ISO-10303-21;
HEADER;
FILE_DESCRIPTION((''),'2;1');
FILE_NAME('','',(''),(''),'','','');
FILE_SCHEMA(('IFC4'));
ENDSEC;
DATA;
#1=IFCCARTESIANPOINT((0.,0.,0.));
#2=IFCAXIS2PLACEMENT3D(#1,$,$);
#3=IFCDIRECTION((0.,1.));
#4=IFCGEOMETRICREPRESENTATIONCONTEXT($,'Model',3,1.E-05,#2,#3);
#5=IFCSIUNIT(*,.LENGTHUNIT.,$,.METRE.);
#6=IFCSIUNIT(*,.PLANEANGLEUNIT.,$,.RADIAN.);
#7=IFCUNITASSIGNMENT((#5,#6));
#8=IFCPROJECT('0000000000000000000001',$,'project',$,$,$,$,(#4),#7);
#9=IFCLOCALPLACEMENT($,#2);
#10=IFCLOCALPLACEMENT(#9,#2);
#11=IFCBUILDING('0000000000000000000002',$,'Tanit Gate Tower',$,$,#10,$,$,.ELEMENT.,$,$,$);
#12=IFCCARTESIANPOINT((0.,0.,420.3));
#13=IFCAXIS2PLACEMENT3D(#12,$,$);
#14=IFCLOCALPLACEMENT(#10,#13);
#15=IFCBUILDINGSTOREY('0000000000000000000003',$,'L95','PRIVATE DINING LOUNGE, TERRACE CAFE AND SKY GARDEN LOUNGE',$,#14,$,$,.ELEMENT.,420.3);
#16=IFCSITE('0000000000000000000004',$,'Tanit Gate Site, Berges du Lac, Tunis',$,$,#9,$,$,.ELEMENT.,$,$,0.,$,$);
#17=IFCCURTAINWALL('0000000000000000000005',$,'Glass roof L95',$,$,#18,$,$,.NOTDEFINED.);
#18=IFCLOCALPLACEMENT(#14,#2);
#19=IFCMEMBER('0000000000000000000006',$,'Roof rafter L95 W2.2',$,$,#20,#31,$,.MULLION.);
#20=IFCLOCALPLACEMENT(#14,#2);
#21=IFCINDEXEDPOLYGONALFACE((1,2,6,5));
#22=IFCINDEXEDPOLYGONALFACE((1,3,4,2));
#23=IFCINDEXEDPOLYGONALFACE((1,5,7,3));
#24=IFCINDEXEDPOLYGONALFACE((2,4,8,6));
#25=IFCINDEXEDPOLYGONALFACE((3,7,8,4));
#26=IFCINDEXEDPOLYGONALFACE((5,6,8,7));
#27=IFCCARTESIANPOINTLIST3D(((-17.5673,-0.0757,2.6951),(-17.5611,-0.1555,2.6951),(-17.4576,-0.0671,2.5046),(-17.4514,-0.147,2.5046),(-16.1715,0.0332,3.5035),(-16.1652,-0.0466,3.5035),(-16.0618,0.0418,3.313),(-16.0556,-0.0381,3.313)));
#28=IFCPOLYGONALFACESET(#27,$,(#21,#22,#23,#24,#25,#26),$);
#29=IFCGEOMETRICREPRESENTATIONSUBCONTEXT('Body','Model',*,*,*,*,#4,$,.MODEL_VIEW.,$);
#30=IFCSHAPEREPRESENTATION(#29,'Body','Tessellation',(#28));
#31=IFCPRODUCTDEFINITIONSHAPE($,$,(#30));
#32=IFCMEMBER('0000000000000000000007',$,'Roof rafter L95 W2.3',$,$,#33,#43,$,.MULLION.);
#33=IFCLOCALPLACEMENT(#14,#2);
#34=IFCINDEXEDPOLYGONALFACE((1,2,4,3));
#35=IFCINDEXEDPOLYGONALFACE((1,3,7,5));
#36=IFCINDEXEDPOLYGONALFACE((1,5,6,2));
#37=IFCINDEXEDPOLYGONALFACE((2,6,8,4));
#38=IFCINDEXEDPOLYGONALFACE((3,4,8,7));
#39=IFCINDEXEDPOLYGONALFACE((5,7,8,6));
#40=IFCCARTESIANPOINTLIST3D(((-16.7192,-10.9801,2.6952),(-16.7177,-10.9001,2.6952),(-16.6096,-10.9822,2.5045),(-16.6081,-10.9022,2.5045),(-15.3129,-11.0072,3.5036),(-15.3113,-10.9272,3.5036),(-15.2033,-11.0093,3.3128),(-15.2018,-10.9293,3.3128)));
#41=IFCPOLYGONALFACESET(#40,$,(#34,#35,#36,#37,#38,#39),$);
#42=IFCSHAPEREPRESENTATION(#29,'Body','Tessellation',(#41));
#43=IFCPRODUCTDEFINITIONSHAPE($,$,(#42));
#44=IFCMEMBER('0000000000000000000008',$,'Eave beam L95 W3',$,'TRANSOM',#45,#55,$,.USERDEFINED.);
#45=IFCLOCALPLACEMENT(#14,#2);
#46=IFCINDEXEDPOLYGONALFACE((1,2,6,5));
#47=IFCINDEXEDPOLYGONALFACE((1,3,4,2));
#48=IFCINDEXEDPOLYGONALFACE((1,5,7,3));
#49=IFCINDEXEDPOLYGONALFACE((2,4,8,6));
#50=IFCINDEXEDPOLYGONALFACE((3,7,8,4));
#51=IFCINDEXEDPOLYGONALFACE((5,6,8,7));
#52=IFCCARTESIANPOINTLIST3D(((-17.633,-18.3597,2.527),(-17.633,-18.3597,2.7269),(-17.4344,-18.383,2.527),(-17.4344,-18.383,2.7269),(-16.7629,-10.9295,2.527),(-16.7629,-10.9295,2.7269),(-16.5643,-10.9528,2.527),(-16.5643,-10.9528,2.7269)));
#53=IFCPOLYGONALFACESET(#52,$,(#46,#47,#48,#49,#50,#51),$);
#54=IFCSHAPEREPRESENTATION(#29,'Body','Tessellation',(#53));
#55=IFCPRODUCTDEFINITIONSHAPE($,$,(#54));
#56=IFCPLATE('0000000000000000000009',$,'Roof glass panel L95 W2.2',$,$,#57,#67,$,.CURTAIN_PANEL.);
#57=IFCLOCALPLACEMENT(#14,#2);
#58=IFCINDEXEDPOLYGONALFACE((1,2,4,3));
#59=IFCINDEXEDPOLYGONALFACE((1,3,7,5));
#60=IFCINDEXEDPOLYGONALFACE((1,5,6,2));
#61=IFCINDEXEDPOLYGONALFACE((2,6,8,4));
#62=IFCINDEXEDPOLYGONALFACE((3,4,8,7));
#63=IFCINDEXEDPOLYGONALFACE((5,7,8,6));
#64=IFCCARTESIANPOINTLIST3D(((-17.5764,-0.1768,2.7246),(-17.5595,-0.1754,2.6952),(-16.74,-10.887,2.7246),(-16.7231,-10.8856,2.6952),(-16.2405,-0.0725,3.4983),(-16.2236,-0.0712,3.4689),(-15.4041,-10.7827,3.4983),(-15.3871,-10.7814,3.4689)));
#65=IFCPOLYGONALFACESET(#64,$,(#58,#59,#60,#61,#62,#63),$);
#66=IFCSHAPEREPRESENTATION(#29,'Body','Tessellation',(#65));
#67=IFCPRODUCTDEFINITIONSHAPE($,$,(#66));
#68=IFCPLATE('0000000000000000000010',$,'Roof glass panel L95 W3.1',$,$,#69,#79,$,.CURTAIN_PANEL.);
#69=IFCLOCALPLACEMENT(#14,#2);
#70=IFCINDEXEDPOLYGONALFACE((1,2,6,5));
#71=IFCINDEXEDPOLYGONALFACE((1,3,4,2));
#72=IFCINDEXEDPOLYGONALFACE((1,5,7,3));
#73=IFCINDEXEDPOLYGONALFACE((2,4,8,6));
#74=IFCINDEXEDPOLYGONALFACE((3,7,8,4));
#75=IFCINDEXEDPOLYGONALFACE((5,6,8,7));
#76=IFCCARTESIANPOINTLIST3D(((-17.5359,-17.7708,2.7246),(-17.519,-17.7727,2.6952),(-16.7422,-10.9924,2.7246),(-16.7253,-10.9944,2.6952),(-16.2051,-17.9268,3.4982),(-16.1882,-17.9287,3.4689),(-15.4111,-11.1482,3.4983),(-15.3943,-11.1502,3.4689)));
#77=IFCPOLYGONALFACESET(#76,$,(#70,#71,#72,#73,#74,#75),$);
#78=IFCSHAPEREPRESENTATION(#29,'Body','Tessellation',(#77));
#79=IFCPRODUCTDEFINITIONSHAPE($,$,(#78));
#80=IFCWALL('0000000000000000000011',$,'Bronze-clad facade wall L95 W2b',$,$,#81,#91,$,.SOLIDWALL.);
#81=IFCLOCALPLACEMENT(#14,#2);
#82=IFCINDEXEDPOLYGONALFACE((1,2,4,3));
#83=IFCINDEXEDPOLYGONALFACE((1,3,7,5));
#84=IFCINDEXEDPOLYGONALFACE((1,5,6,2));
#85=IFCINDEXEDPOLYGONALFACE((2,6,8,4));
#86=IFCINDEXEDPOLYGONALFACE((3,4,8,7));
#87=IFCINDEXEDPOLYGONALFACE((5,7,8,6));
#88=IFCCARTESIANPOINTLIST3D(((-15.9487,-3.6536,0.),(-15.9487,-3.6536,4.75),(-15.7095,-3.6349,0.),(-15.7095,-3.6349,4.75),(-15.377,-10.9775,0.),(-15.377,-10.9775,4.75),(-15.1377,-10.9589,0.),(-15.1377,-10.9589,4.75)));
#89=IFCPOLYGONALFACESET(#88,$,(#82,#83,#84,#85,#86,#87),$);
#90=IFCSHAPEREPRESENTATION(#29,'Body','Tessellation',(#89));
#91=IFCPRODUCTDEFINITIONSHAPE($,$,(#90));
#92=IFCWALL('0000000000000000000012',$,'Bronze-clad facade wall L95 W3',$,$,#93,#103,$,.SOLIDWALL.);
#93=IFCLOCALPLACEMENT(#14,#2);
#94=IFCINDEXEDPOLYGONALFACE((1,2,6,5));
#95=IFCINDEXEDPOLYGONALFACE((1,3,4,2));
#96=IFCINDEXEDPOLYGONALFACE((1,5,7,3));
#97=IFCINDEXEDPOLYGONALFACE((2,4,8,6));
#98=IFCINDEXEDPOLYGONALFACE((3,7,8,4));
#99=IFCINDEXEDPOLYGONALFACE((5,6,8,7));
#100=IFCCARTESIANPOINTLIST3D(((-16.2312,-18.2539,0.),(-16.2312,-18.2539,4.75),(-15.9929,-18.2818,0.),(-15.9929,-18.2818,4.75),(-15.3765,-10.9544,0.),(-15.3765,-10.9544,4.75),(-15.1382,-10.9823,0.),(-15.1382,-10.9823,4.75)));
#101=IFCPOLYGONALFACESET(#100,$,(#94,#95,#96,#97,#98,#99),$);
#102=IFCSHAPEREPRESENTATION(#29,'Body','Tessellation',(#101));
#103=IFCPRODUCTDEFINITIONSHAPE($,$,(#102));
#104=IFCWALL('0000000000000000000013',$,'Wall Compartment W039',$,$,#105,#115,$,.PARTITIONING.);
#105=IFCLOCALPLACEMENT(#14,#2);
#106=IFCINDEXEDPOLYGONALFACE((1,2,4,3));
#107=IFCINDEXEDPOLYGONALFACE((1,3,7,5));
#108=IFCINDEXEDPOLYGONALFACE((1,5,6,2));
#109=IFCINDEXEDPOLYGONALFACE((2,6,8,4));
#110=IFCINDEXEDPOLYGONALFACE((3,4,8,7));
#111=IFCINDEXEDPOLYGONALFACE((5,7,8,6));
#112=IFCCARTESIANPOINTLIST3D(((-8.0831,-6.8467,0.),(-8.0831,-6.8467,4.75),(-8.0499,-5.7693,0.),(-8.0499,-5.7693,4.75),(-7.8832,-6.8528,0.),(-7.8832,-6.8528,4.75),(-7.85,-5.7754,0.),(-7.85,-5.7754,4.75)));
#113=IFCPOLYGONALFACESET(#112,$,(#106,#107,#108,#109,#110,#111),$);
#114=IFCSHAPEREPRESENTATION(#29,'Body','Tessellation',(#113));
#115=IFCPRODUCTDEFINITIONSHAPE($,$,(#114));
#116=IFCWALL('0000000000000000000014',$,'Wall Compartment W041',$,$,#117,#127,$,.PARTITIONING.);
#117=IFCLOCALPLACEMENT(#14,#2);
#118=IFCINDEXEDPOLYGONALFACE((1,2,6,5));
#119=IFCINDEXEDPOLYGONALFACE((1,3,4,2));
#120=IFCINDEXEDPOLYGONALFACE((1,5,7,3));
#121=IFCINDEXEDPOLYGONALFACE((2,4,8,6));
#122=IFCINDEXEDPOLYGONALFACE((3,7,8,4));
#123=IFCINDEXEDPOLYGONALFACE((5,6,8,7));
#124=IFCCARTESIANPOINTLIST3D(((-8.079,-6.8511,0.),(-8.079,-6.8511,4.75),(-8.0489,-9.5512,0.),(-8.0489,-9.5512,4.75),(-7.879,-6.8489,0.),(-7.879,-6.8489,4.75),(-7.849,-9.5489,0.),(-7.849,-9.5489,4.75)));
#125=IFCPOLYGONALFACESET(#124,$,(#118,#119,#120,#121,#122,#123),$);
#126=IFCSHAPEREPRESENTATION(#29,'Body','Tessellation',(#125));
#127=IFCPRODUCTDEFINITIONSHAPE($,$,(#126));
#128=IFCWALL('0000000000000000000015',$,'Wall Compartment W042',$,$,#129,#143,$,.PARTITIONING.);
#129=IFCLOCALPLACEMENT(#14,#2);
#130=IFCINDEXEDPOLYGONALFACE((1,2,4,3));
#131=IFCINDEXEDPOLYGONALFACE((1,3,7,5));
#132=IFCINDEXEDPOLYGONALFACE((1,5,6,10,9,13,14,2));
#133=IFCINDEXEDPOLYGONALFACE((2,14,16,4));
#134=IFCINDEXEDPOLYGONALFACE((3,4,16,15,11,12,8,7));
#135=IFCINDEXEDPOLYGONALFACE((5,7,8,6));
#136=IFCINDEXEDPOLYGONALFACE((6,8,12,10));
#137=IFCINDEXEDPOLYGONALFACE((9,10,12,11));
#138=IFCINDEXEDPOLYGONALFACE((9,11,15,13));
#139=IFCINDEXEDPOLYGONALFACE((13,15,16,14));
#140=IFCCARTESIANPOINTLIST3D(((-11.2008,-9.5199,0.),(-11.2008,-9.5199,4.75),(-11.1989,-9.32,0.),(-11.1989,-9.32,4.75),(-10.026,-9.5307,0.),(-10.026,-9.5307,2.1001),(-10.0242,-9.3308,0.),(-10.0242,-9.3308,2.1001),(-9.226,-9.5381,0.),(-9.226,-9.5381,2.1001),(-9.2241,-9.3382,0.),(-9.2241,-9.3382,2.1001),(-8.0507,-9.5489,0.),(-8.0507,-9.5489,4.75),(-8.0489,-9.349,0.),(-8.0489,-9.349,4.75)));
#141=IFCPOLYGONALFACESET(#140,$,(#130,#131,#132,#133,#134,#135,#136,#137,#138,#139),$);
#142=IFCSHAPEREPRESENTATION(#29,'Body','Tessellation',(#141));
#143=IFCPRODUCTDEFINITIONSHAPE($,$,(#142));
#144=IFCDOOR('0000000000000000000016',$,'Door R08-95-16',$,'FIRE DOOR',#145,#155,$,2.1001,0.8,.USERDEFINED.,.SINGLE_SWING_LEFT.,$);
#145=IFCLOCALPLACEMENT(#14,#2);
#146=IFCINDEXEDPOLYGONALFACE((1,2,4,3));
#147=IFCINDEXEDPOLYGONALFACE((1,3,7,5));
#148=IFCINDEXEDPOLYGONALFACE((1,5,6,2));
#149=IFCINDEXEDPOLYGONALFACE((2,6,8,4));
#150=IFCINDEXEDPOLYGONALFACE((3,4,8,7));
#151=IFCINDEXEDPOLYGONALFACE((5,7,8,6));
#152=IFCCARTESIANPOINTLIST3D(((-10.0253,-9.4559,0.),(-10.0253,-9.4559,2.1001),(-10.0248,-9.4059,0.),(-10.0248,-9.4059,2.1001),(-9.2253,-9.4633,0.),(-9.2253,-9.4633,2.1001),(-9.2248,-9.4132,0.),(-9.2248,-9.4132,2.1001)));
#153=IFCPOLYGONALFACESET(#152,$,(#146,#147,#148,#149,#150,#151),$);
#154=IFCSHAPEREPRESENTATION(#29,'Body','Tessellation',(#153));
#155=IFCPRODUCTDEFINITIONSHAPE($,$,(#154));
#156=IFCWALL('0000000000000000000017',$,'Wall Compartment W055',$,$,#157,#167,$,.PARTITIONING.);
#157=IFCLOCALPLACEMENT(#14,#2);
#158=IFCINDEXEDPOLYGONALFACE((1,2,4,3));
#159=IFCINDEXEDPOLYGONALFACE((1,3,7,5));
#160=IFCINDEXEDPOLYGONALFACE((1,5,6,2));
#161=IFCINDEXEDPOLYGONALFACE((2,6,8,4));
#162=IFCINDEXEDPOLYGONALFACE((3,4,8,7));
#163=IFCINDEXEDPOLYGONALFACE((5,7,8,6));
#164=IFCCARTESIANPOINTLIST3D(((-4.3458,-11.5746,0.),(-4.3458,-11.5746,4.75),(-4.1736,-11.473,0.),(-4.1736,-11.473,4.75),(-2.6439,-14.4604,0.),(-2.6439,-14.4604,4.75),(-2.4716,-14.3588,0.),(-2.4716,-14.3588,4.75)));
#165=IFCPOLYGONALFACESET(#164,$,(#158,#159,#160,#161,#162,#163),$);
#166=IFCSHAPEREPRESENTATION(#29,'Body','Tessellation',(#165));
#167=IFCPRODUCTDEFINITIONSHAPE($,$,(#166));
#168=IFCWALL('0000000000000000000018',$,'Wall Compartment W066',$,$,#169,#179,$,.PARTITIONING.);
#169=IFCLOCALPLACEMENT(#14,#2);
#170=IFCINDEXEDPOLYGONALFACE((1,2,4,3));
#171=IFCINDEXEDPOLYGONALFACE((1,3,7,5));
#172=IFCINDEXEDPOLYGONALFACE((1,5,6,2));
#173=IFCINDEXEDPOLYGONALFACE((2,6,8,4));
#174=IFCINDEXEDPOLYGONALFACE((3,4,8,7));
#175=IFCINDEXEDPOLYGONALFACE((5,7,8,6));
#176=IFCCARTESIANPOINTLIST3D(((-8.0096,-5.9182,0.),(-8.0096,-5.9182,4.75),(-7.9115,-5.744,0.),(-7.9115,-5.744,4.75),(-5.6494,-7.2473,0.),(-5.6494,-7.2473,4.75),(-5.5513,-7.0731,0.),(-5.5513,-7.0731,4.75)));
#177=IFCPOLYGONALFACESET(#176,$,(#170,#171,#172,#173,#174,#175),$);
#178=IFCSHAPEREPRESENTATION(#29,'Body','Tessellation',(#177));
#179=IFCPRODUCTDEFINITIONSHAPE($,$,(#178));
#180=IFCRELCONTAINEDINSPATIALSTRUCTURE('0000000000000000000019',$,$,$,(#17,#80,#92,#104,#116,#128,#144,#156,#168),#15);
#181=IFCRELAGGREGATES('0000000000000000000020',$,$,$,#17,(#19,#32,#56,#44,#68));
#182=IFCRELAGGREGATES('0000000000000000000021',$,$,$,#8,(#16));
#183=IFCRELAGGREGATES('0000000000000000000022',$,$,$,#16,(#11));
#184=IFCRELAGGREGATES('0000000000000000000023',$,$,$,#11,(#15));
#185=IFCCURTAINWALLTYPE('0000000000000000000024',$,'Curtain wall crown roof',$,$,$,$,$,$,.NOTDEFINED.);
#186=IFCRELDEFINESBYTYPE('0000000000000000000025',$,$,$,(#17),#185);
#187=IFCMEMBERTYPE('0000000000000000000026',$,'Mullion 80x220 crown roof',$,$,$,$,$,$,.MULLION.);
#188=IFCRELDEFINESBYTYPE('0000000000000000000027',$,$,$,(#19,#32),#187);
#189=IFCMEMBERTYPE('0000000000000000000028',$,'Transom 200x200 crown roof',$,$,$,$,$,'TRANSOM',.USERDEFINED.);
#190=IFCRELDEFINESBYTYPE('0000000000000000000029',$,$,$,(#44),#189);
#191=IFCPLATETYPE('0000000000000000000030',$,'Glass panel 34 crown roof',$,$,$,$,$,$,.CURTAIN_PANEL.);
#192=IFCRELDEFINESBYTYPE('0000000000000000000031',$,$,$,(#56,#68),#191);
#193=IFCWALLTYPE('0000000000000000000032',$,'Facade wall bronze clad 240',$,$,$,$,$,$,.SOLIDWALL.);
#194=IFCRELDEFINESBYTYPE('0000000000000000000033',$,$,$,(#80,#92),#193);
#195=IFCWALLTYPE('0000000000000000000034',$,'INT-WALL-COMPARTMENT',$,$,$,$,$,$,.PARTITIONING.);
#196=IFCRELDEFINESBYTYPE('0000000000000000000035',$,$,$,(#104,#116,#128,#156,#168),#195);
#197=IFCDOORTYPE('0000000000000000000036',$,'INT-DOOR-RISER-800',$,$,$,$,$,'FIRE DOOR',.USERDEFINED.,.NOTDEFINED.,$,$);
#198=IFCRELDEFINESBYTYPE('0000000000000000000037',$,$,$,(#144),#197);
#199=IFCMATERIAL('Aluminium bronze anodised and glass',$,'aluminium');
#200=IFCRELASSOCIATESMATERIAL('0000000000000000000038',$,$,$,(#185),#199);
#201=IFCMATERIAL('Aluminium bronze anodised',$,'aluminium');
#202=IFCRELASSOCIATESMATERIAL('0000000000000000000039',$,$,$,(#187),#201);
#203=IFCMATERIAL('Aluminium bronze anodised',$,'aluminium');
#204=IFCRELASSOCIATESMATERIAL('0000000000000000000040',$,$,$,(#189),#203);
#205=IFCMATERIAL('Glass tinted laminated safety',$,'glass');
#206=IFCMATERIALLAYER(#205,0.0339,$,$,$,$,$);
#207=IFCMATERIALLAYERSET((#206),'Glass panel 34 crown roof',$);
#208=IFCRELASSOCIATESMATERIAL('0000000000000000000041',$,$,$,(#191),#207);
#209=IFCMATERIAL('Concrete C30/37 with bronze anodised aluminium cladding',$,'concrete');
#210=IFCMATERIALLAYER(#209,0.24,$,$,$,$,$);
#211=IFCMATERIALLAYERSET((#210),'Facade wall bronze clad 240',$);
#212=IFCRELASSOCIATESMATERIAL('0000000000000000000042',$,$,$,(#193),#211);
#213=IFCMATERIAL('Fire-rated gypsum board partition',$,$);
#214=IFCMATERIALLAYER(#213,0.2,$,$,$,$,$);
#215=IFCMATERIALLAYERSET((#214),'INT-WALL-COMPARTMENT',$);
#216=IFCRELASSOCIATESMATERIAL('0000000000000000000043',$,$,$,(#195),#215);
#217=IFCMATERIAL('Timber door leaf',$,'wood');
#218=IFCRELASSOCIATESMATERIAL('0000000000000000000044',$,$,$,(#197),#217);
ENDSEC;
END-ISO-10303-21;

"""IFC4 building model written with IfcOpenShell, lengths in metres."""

from ifc_helpers import new_model, si_unit, direction, frame, frame_2d, origin, origin_2d, place, context, subcontext, project, spatial, polyline, rectangle, outline, extrude, material, layer, layer_set, material_profile, profile_set, type_object, element, fill, aggregate, save


model = new_model("IFC4")

# Units and contexts
model_context = context("Model", 3, precision=1e-05, world=origin(), true_north=direction((0.0, 1.0)))
body_context = subcontext(model_context, "Body", "Model", "MODEL_VIEW")
ifc_project = project(units=[si_unit("LENGTHUNIT", "METRE"), si_unit("PLANEANGLEUNIT", "RADIAN")], contexts=[model_context])

# Site, building, storey
site_placement = place(None, origin())
site = spatial("IfcSite", under=ifc_project, at=site_placement, Name="Tanit Gate Site, Berges du Lac, Tunis", CompositionType="ELEMENT", RefElevation=0.0)
building_placement = place(site_placement, origin())
building = spatial("IfcBuilding", under=site, at=building_placement, Name="Tanit Gate Tower", CompositionType="ELEMENT")
storey_placement = place(building_placement, frame((0.0, 0.0, 420.3)))
storey = spatial("IfcBuildingStorey", under=building, at=storey_placement, Name="L95", Description="PRIVATE DINING LOUNGE, TERRACE CAFE AND SKY GARDEN LOUNGE", CompositionType="ELEMENT", Elevation=420.3)

# Curtain wall, members, plates
ifc_material_1 = material(Name="Aluminium bronze anodised and glass", Category="aluminium")
curtain_wall_type = type_object("IfcCurtainWallType", Name="Curtain wall crown roof", PredefinedType="NOTDEFINED", material=ifc_material_1)
curtain_wall_placement = place(storey_placement, origin())
curtain_wall = element("IfcCurtainWall", 1, at=curtain_wall_placement, inside=storey, type_object=curtain_wall_type, Name="Glass roof L95", PredefinedType="NOTDEFINED")
ifc_material_2 = material(Name="Aluminium bronze anodised", Category="aluminium")
ifc_material_profile_1 = material_profile(ifc_material_2, rectangle(XDim=0.0801, YDim=0.22, at=origin_2d()), Name="80x220 bronze rafter")
ifc_profile_set_1 = profile_set([ifc_material_profile_1], Name="Aluminium bronze anodised")
member_type_1 = type_object("IfcMemberType", Name="Mullion 80x220 crown roof", PredefinedType="MULLION", material=ifc_profile_set_1)
member_1_placement = place(storey_placement, frame((-16.1135, -0.0024, 3.4082), z_axis=(-0.863385, -0.067355, -0.500029), x_axis=(0.077777, -0.996971, 0.0)))
member_1 = element("IfcMember", 2, at=member_1_placement, type_object=member_type_1, Name="Roof rafter L95 W2.2", PredefinedType="MULLION", context=body_context, shape_type="SweptSolid", body=[
    extrude(rectangle(XDim=0.0801, YDim=0.22, at=origin_2d()), origin(), (0.0, 0.0, 1.0), 1.6167),
])
member_2_placement = place(storey_placement, frame((-15.2573, -10.9683, 3.4082), z_axis=(-0.86685, 0.016705, -0.498288), x_axis=(-0.019267, -0.999814, 0.0)))
member_2 = element("IfcMember", 3, at=member_2_placement, type_object=member_type_1, Name="Roof rafter L95 W2.3", PredefinedType="MULLION", context=body_context, shape_type="SweptSolid", body=[
    extrude(rectangle(XDim=0.0801, YDim=0.22, at=origin_2d()), origin(), (0.0, 0.0, 1.0), 1.6223),
])
ifc_material_3 = material(Name="Aluminium bronze anodised", Category="aluminium")
ifc_material_profile_2 = material_profile(ifc_material_3, rectangle(XDim=0.2, YDim=0.2, at=origin_2d()), Name="200x200 bronze transom")
ifc_profile_set_2 = profile_set([ifc_material_profile_2], Name="Aluminium bronze anodised")
member_type_2 = type_object("IfcMemberType", Name="Transom 200x200 crown roof", ElementType="TRANSOM", PredefinedType="USERDEFINED", material=ifc_profile_set_2)
member_3_placement = place(storey_placement, frame((-16.6636, -10.9412, 2.627), z_axis=(-0.116311, -0.993213, 0.0), x_axis=(0.993213, -0.116311, 0.0)))
member_3 = element("IfcMember", 4, at=member_3_placement, type_object=member_type_2, Name="Eave beam L95 W3", ObjectType="TRANSOM", PredefinedType="USERDEFINED", context=body_context, shape_type="SweptSolid", body=[
    extrude(rectangle(XDim=0.2, YDim=0.2, at=origin_2d()), origin(), (0.0, 0.0, 1.0), 7.481),
])
ifc_material_4 = material(Name="Glass tinted laminated safety", Category="glass")
ifc_layer_1 = layer(ifc_material_4, 0.0339)
ifc_layer_set_1 = layer_set([ifc_layer_1], Name="Glass panel 34 crown roof")
plate_type = type_object("IfcPlateType", Name="Glass panel 34 crown roof", PredefinedType="CURTAIN_PANEL", material=ifc_layer_set_1)
plate_1_placement = place(storey_placement, frame((-16.2405, -0.0725, 3.4983), z_axis=(-0.498498, -0.038931, 0.866016), x_axis=(0.077859, -0.996964, 0.0)))
plate_1 = element("IfcPlate", 5, at=plate_1_placement, type_object=plate_type, Name="Roof glass panel L95 W2.2", PredefinedType="CURTAIN_PANEL", context=body_context, shape_type="SweptSolid", body=[
    extrude(outline(polyline([(0.0, 0.0), (10.7428, 0.0), (10.7427, -1.5473), (-0.0001, -1.5473), (0.0, 0.0)])), origin(), (0.0, 0.0, -1.0), 0.0339),
])
plate_2_placement = place(storey_placement, frame((-15.4111, -11.1482, 3.4983), z_axis=(-0.496613, 0.058158, 0.866021), x_axis=(-0.116327, -0.993211, -0.000007)))
plate_2 = element("IfcPlate", 6, at=plate_2_placement, type_object=plate_type, Name="Roof glass panel L95 W3.1", PredefinedType="CURTAIN_PANEL", context=body_context, shape_type="SweptSolid", body=[
    extrude(outline(polyline([(0.0, 0.0), (6.8249, 0.0), (6.8248, -1.5472), (0.0001, -1.5474), (0.0, 0.0)])), origin(), (0.0, 0.0, -1.0), 0.0339),
])
aggregate(curtain_wall, [member_1, member_2, plate_1, member_3, plate_2])

# Walls
ifc_material_5 = material(Name="Concrete C30/37 with bronze anodised aluminium cladding", Category="concrete")
ifc_layer_2 = layer(ifc_material_5, 0.24)
ifc_layer_set_2 = layer_set([ifc_layer_2], Name="Facade wall bronze clad 240")
wall_type_1 = type_object("IfcWallType", Name="Facade wall bronze clad 240", PredefinedType="SOLIDWALL", material=ifc_layer_set_2)
wall_1_placement = place(storey_placement, frame((-15.8291, -3.6443, 0.0), z_axis=(0.0, 0.0, 1.0), x_axis=(0.077832, -0.996966, 0.0)))
element("IfcWall", 7, at=wall_1_placement, inside=storey, type_object=wall_type_1, Name="Bronze-clad facade wall L95 W2b", PredefinedType="SOLIDWALL", context=body_context, shape_type="SweptSolid", body=[
    extrude(rectangle(XDim=7.3462, YDim=0.24, at=frame_2d((3.6731, 0.0))), origin(), (0.0, 0.0, 1.0), 4.75),
])
wall_2_placement = place(storey_placement, frame((-15.2573, -10.9683, 0.0), z_axis=(0.0, 0.0, 1.0), x_axis=(-0.1163, -0.993214, 0.0)))
element("IfcWall", 8, at=wall_2_placement, inside=storey, type_object=wall_type_1, Name="Bronze-clad facade wall L95 W3", PredefinedType="SOLIDWALL", context=body_context, shape_type="SweptSolid", body=[
    extrude(rectangle(XDim=7.3494, YDim=0.24, at=frame_2d((3.6748, 0.0))), origin(), (0.0, 0.0, 1.0), 4.75),
])
ifc_material_6 = material(Name="Fire-rated gypsum board partition")
ifc_layer_3 = layer(ifc_material_6, 0.2)
ifc_layer_set_3 = layer_set([ifc_layer_3], Name="INT-WALL-COMPARTMENT")
wall_type_2 = type_object("IfcWallType", Name="INT-WALL-COMPARTMENT", PredefinedType="PARTITIONING", material=ifc_layer_set_3)
wall_3_placement = place(storey_placement, frame((-7.9832, -6.8499, 0.0), z_axis=(0.0, 0.0, 1.0), x_axis=(0.030803, 0.999525, 0.0)))
element("IfcWall", 9, at=wall_3_placement, inside=storey, type_object=wall_type_2, Name="Wall Compartment W039", PredefinedType="PARTITIONING", context=body_context, shape_type="SweptSolid", body=[
    extrude(rectangle(XDim=1.0779, YDim=0.2, at=frame_2d((0.5391, 0.0))), origin(), (0.0, 0.0, 1.0), 4.75),
])
wall_4_placement = place(storey_placement, frame((-7.949, -9.55, 0.0), z_axis=(0.0, 0.0, 1.0), x_axis=(-0.011121, 0.999938, 0.0)))
element("IfcWall", 10, at=wall_4_placement, inside=storey, type_object=wall_type_2, Name="Wall Compartment W041", PredefinedType="PARTITIONING", context=body_context, shape_type="SweptSolid", body=[
    extrude(rectangle(XDim=2.7002, YDim=0.2, at=frame_2d((1.3501, 0.0))), origin(), (0.0, 0.0, 1.0), 4.75),
])

# Wall, opening, door
wall_5_placement = place(storey_placement, frame((-11.2, -9.4199, 0.0), z_axis=(0.0, 0.0, 1.0), x_axis=(0.999957, -0.009223, 0.0)))
wall_5 = element("IfcWall", 11, at=wall_5_placement, inside=storey, type_object=wall_type_2, Name="Wall Compartment W042", PredefinedType="PARTITIONING", context=body_context, shape_type="SweptSolid", body=[
    extrude(rectangle(XDim=3.1501, YDim=0.2, at=frame_2d((1.5752, 0.0))), origin(), (0.0, 0.0, 1.0), 4.75),
])
opening_1_placement = place(wall_5_placement, frame((1.175, 0.0, 0.0)))
opening_1 = element("IfcOpeningElement", 12, at=opening_1_placement, cuts=wall_5, PredefinedType="OPENING", context=body_context, shape_type="SweptSolid", body=[
    extrude(rectangle(XDim=0.8, YDim=2.1001, at=frame_2d((0.3999, 1.05))), frame((0.0, 0.1099, 0.0), z_axis=(0.0, -1.0, 0.0), x_axis=(1.0, 0.0, 0.0)), (0.0, 0.0, 1.0), 0.22),
])
ifc_material_7 = material(Name="Timber door leaf", Category="wood")
door_type_1 = type_object("IfcDoorType", Name="INT-DOOR-RISER-800", ElementType="FIRE DOOR", OperationType="NOTDEFINED", PredefinedType="USERDEFINED", material=ifc_material_7)
door_1_placement = place(opening_1_placement, origin())
door_1 = element("IfcDoor", 13, at=door_1_placement, inside=storey, type_object=door_type_1, Name="Door R08-95-16", ObjectType="FIRE DOOR", OperationType="SINGLE_SWING_LEFT", OverallHeight=2.1001, OverallWidth=0.8, PredefinedType="USERDEFINED", context=body_context, shape_type="SweptSolid", body=[
    extrude(rectangle(XDim=0.8, YDim=2.1001, at=frame_2d((0.3999, 1.05))), frame((0.0, 0.0249, 0.0), z_axis=(0.0, -1.0, 0.0), x_axis=(1.0, 0.0, 0.0)), (0.0, 0.0, 1.0), 0.05),
])
fill(opening_1, door_1)

# Walls
wall_6_placement = place(storey_placement, frame((-4.2598, -11.5237, 0.0), z_axis=(0.0, 0.0, 1.0), x_axis=(0.507997, -0.861359, 0.0)))
element("IfcWall", 14, at=wall_6_placement, inside=storey, type_object=wall_type_2, Name="Wall Compartment W055", PredefinedType="PARTITIONING", context=body_context, shape_type="SweptSolid", body=[
    extrude(rectangle(XDim=3.3503, YDim=0.2, at=frame_2d((1.6753, 0.0))), origin(), (0.0, 0.0, 1.0), 4.75),
])
wall_7_placement = place(storey_placement, frame((-7.9607, -5.8311, 0.0), z_axis=(0.0, 0.0, 1.0), x_axis=(0.871354, -0.490655, 0.0)))
element("IfcWall", 15, at=wall_7_placement, inside=storey, type_object=wall_type_2, Name="Wall Compartment W066", PredefinedType="PARTITIONING", context=body_context, shape_type="SweptSolid", body=[
    extrude(rectangle(XDim=2.7087, YDim=0.2, at=frame_2d((1.3545, 0.0))), origin(), (0.0, 0.0, 1.0), 4.75),
])

save(model, "model.ifc")
